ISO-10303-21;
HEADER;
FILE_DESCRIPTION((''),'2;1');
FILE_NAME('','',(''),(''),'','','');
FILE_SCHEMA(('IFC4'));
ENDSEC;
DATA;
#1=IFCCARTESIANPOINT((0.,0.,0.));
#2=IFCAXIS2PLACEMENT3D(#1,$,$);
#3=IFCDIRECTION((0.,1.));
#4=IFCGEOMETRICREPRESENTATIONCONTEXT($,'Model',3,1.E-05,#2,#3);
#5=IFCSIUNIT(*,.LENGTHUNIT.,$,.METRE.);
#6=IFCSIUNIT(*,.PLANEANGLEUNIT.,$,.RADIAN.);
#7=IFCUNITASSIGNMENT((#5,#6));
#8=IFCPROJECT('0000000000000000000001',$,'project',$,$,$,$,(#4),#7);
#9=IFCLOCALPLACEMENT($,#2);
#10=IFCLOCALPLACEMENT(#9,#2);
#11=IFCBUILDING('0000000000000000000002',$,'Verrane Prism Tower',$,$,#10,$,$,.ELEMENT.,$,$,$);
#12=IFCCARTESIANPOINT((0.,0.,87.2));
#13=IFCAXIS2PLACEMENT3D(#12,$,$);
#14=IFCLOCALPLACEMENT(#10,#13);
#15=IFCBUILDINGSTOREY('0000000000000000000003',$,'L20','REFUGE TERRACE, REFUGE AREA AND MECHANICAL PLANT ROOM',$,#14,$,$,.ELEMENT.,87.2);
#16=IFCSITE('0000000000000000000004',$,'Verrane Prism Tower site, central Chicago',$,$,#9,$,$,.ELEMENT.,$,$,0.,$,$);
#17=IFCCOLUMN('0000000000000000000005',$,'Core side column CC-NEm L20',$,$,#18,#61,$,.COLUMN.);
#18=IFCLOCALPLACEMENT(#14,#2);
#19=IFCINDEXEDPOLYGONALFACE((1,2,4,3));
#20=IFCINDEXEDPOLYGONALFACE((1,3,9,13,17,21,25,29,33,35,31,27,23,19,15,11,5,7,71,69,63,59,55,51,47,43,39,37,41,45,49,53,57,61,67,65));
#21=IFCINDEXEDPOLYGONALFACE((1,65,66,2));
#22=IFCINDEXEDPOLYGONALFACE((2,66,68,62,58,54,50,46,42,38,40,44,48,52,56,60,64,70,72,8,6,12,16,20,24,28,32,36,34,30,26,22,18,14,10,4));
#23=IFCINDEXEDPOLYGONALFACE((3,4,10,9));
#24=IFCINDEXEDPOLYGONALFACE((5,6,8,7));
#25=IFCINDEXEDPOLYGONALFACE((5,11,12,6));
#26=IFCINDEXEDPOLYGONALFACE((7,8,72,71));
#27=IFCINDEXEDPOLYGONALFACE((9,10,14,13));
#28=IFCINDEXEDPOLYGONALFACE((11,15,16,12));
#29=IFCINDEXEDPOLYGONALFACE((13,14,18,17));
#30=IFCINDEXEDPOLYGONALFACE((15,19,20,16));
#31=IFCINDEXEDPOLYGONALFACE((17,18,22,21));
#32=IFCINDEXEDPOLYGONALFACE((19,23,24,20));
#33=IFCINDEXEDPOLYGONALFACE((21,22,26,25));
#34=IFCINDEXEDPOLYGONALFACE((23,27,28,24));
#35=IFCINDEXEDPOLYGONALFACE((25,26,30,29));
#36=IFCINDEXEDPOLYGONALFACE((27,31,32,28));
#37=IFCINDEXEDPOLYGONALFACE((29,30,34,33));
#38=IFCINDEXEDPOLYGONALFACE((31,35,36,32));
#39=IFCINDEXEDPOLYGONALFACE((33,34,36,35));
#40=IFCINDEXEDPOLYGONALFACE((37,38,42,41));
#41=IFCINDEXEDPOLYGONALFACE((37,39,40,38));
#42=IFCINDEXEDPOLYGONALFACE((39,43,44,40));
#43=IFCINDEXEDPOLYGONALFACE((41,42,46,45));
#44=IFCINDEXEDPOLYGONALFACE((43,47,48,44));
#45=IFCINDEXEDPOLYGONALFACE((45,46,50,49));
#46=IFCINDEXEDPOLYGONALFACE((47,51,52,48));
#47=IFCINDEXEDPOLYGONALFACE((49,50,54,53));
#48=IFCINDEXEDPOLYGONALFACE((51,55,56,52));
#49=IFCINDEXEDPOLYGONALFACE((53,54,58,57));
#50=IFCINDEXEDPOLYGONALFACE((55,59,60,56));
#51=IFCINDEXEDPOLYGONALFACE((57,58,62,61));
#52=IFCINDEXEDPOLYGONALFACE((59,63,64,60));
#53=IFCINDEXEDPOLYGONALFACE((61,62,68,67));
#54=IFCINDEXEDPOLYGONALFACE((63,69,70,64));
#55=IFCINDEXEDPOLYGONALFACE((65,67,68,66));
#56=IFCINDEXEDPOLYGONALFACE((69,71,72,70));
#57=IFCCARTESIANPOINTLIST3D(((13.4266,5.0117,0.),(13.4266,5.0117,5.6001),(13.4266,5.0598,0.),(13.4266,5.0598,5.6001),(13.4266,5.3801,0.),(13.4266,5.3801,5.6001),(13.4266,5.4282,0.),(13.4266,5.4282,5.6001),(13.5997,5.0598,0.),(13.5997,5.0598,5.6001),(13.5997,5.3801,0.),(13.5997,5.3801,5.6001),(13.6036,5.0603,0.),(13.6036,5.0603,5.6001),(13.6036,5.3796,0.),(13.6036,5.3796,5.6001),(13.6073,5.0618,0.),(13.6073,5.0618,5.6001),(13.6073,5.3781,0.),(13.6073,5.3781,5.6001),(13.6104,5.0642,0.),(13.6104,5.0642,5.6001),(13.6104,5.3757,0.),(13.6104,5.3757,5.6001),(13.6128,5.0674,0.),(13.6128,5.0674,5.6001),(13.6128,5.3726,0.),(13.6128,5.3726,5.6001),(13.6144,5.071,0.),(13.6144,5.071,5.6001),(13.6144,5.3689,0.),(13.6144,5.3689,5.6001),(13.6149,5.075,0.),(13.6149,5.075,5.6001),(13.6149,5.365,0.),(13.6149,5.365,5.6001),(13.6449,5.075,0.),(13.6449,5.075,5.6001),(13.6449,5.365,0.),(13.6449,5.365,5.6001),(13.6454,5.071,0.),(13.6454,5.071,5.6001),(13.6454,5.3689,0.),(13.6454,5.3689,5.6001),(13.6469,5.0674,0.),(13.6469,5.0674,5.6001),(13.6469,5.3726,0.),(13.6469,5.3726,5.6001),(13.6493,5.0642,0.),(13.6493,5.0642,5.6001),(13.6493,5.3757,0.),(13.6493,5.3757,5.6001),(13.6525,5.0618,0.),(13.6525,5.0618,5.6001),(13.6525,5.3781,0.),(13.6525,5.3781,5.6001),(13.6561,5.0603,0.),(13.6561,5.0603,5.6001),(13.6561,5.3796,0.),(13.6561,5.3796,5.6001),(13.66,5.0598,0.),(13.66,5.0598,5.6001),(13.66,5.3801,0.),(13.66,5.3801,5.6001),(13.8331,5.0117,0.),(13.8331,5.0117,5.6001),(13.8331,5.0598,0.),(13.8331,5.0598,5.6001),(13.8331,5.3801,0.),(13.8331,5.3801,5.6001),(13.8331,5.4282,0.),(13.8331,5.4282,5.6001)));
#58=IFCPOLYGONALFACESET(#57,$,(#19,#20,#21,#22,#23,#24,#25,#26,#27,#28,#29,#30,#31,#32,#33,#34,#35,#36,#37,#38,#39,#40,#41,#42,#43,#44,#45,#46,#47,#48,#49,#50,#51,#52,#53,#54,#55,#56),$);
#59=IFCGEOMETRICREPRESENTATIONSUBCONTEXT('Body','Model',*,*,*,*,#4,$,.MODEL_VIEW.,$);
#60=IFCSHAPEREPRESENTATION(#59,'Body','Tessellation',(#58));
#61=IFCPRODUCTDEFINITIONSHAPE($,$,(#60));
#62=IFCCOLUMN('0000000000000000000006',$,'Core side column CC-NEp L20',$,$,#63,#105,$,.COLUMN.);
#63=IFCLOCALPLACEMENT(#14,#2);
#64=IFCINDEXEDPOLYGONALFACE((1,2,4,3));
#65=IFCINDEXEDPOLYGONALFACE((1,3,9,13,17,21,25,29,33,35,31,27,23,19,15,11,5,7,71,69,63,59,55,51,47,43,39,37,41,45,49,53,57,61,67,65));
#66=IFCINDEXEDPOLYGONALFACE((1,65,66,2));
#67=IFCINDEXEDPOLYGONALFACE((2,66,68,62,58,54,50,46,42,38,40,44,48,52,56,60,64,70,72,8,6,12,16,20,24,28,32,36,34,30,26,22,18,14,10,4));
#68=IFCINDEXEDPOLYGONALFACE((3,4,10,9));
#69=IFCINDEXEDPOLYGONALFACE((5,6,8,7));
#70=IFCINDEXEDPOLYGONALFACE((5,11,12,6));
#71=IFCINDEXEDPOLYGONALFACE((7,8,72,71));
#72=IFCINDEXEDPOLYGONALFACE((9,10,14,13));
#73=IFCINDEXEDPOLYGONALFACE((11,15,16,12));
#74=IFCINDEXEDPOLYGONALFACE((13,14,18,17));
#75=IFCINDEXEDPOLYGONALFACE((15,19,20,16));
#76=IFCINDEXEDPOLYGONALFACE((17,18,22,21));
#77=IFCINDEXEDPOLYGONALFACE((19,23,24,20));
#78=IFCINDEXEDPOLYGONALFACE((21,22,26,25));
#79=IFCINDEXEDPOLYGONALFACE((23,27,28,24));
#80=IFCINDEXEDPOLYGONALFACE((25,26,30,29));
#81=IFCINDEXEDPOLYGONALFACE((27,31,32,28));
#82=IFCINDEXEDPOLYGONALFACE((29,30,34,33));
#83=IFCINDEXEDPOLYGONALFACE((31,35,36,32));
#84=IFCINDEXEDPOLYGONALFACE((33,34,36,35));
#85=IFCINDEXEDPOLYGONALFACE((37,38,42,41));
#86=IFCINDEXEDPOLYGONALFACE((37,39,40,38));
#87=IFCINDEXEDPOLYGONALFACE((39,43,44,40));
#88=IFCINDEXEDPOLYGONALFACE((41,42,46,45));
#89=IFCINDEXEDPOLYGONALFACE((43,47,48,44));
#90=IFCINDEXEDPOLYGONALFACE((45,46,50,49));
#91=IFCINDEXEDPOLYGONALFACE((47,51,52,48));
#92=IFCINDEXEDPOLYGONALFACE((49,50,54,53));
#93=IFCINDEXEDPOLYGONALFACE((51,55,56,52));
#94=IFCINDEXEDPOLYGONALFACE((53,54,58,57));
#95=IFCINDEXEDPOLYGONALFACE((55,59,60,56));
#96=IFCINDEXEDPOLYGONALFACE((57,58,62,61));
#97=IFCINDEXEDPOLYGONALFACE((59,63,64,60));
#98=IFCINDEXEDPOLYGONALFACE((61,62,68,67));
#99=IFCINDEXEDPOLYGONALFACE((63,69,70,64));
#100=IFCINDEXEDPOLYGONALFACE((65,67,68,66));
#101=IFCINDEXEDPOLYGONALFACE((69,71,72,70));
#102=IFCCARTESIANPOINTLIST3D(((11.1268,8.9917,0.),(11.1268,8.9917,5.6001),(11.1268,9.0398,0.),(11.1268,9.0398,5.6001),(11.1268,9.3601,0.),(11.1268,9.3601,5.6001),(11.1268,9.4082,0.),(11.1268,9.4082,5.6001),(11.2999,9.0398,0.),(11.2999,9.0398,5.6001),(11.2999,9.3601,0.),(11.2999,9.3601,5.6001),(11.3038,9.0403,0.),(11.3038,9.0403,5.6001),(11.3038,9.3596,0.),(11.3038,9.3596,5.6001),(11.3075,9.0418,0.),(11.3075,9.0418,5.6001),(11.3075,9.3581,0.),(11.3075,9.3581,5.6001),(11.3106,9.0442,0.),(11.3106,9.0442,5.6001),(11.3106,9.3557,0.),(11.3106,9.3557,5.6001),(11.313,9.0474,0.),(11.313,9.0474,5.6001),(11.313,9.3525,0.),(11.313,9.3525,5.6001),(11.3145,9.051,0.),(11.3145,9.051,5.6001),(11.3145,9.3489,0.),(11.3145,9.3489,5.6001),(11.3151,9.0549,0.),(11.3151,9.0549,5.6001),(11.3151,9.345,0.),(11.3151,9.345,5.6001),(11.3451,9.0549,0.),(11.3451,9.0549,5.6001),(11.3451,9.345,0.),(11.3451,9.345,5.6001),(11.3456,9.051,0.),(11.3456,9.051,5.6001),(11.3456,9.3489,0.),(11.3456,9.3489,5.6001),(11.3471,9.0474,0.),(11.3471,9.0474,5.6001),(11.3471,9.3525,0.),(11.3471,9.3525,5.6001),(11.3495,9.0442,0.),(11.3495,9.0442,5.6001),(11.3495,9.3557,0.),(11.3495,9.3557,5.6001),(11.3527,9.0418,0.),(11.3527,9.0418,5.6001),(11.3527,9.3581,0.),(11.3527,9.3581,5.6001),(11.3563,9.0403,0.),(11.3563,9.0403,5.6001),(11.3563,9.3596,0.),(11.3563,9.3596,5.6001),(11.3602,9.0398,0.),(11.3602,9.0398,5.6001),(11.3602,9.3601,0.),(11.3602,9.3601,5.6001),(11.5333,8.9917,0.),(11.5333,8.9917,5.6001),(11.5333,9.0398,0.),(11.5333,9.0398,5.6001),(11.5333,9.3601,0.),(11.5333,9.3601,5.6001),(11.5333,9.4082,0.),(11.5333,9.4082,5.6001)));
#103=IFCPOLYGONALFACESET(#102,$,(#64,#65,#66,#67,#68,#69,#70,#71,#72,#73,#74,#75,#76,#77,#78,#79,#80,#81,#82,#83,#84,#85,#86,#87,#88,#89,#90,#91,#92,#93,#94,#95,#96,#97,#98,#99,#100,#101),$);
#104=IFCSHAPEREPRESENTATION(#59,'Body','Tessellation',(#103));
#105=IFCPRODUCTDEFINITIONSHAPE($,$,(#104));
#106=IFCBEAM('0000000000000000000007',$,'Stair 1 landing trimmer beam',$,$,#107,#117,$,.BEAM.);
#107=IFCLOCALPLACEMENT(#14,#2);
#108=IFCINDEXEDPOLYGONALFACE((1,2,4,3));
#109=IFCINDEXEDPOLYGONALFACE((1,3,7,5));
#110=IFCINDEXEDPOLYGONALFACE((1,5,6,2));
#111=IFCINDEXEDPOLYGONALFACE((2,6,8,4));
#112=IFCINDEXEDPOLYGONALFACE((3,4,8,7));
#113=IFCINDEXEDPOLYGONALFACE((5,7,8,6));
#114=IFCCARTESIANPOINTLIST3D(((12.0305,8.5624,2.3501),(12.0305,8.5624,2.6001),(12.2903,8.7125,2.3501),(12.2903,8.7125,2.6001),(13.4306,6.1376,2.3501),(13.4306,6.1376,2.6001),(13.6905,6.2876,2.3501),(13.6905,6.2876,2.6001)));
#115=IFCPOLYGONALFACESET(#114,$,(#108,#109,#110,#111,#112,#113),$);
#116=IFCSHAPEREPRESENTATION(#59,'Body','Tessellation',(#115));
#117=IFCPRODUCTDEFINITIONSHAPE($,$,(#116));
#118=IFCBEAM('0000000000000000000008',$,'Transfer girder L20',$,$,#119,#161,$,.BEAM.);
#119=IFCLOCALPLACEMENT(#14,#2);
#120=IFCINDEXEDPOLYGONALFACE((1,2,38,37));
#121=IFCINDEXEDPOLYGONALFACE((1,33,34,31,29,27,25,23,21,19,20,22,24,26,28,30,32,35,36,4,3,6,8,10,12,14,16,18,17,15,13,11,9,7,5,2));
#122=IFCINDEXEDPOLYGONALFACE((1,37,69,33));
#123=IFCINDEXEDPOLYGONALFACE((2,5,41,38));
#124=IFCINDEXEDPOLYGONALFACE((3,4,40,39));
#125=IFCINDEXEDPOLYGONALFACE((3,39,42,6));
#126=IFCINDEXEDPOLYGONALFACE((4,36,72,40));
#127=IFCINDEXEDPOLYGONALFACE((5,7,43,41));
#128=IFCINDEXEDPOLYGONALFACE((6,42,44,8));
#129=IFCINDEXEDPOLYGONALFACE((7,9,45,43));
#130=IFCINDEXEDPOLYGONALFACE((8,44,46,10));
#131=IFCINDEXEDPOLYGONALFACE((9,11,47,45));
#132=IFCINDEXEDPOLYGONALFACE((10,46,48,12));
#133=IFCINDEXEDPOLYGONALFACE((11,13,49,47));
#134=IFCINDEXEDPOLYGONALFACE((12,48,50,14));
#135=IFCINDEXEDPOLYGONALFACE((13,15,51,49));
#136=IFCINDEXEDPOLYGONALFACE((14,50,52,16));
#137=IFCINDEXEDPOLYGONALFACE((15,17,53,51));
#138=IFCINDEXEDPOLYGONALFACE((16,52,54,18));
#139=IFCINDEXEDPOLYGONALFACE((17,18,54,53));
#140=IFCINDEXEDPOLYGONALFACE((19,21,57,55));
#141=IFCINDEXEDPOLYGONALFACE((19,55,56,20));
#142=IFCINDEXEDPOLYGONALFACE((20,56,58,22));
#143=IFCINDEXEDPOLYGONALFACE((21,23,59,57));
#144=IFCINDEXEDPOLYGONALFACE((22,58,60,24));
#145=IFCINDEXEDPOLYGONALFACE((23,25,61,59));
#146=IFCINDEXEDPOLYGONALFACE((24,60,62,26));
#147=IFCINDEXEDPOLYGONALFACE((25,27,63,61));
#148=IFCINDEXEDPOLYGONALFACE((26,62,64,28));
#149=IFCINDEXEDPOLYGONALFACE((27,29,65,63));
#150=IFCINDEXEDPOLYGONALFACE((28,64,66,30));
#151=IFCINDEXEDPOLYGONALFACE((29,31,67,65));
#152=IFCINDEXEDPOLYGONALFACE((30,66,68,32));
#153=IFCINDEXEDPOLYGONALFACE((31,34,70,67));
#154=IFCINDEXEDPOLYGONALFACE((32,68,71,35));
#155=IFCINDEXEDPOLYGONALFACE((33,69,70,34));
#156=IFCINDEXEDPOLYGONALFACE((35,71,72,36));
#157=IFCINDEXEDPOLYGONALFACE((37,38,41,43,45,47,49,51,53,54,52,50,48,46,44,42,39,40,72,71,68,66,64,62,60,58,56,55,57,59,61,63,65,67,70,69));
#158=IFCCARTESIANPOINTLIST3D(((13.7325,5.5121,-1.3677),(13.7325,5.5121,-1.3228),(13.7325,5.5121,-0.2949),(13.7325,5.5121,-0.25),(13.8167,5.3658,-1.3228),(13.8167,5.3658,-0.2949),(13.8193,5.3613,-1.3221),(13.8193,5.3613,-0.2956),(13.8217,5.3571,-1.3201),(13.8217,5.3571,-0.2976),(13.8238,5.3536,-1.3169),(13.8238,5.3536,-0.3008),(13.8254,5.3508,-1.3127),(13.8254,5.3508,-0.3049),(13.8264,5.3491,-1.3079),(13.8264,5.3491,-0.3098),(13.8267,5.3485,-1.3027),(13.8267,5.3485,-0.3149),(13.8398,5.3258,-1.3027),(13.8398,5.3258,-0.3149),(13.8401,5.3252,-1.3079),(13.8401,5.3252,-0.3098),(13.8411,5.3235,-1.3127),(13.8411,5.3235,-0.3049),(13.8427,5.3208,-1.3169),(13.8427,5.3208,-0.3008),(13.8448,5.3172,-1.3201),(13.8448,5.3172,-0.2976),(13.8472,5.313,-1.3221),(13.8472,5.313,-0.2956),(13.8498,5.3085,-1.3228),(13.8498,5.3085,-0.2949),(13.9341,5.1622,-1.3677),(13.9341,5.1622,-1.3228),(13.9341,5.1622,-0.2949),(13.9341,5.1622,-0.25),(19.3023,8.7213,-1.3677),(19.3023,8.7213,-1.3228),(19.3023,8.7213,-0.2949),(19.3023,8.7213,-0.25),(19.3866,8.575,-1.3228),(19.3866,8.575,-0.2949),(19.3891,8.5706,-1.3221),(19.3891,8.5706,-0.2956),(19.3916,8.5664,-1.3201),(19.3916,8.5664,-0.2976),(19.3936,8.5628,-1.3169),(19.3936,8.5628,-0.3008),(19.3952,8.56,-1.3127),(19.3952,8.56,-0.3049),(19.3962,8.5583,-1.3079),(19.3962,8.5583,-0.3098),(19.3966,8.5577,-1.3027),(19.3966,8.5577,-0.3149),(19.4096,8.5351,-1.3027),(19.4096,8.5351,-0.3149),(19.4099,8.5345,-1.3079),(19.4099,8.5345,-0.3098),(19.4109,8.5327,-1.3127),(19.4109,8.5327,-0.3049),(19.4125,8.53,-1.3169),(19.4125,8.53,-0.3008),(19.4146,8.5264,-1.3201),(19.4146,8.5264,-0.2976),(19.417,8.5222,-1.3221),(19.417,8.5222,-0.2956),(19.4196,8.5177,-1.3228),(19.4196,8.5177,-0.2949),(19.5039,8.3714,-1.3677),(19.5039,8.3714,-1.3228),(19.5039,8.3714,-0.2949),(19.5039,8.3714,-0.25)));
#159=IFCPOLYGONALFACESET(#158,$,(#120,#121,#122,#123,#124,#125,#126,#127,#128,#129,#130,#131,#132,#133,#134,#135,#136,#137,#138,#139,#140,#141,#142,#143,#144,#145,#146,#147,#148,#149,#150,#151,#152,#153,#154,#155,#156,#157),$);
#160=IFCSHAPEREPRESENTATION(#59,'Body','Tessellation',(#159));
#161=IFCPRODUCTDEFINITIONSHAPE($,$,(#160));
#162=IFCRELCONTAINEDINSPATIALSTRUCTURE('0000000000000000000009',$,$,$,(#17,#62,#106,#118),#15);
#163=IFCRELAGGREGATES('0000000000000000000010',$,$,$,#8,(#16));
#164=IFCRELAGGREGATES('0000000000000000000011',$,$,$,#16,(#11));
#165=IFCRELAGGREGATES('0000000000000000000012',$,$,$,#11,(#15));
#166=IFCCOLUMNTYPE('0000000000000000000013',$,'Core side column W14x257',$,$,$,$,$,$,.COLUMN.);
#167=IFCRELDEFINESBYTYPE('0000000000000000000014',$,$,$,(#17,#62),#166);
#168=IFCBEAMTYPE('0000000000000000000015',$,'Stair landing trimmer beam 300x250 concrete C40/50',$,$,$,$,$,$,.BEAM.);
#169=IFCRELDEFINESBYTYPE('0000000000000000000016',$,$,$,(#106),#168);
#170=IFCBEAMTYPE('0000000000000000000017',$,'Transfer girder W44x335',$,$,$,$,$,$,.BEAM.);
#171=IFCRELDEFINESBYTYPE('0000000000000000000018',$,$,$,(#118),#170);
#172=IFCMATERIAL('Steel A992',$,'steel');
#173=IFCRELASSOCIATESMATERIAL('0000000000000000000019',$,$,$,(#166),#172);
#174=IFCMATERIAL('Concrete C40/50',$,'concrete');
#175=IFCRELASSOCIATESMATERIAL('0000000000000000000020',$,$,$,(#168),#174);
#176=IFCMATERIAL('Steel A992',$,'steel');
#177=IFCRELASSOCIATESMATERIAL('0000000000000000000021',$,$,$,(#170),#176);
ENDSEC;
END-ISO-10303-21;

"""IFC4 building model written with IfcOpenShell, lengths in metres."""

from ifc_helpers import new_model, si_unit, direction, frame, origin, origin_2d, place, context, subcontext, project, spatial, rectangle, i_section, extrude, material, material_profile, profile_set, type_object, element, save


model = new_model("IFC4")

# Units and contexts
model_context = context("Model", 3, precision=1e-05, world=origin(), true_north=direction((0.0, 1.0)))
body_context = subcontext(model_context, "Body", "Model", "MODEL_VIEW")
ifc_project = project(units=[si_unit("LENGTHUNIT", "METRE"), si_unit("PLANEANGLEUNIT", "RADIAN")], contexts=[model_context])

# Site, building, storey
site_placement = place(None, origin())
site = spatial("IfcSite", under=ifc_project, at=site_placement, Name="Verrane Prism Tower site, central Chicago", CompositionType="ELEMENT", RefElevation=0.0)
building_placement = place(site_placement, origin())
building = spatial("IfcBuilding", under=site, at=building_placement, Name="Verrane Prism Tower", CompositionType="ELEMENT")
storey_placement = place(building_placement, frame((0.0, 0.0, 87.2)))
storey = spatial("IfcBuildingStorey", under=building, at=storey_placement, Name="L20", Description="REFUGE TERRACE, REFUGE AREA AND MECHANICAL PLANT ROOM", CompositionType="ELEMENT", Elevation=87.2)

# Columns
ifc_material_1 = material(Name="Steel A992", Category="steel")
ifc_material_profile_1 = material_profile(ifc_material_1, i_section(OverallWidth=0.4065, OverallDepth=0.4165, WebThickness=0.03, FlangeThickness=0.0481, FilletRadius=0.0151, at=origin_2d()), Name="W14x257")
ifc_profile_set_1 = profile_set([ifc_material_profile_1], Name="Steel A992")
column_type = type_object("IfcColumnType", Name="Core side column W14x257", PredefinedType="COLUMN", material=ifc_profile_set_1)
for number, where, z_axis, x_axis, name in (
    (1, (13.6299, 5.22, 0.0), (0.0, 0.0, 1.0), (1.0, 0.0, 0.0), "Core side column CC-NEm L20"),
    (2, (11.3301, 9.2, 0.0), (0.0, 0.0, 1.0), (1.0, 0.0, 0.0), "Core side column CC-NEp L20"),
):
    element("IfcColumn", number, at=place(storey_placement, frame(where, z_axis=z_axis, x_axis=x_axis)), inside=storey, type_object=column_type, Name=name, PredefinedType="COLUMN", context=body_context, shape_type="SweptSolid", body=[
        extrude(i_section(OverallWidth=0.4065, OverallDepth=0.4165, WebThickness=0.03, FlangeThickness=0.0481, FilletRadius=0.0151, at=origin_2d()), origin(), (0.0, 0.0, 1.0), 5.6001),
    ])

# Beams
ifc_material_2 = material(Name="Concrete C40/50", Category="concrete")
ifc_material_profile_2 = material_profile(ifc_material_2, rectangle(XDim=0.3, YDim=0.25, at=origin_2d()), Name="RC 300x250")
ifc_profile_set_2 = profile_set([ifc_material_profile_2], Name="Concrete C40/50")
beam_type_1 = type_object("IfcBeamType", Name="Stair landing trimmer beam 300x250 concrete C40/50", PredefinedType="BEAM", material=ifc_profile_set_2)
beam_1_placement = place(storey_placement, frame((12.1604, 8.6375, 2.4751), z_axis=(0.50005, -0.865997, 0.0), x_axis=(0.865997, 0.50005, 0.0)))
element("IfcBeam", 3, at=beam_1_placement, inside=storey, type_object=beam_type_1, Name="Stair 1 landing trimmer beam", PredefinedType="BEAM", context=body_context, shape_type="SweptSolid", body=[
    extrude(rectangle(XDim=0.3, YDim=0.25, at=origin_2d()), origin(), (0.0, 0.0, 1.0), 2.8),
])
ifc_material_3 = material(Name="Steel A992", Category="steel")
ifc_material_profile_3 = material_profile(ifc_material_3, i_section(OverallWidth=0.4038, OverallDepth=1.1177, WebThickness=0.0261, FlangeThickness=0.0449, FilletRadius=0.02, at=origin_2d()), Name="W44x335")
ifc_profile_set_3 = profile_set([ifc_material_profile_3], Name="Steel A992")
beam_type_2 = type_object("IfcBeamType", Name="Transfer girder W44x335", PredefinedType="BEAM", material=ifc_profile_set_3)
beam_2_placement = place(storey_placement, frame((13.8333, 5.3372, -0.8088), z_axis=(0.866464, 0.49924, 0.0), x_axis=(-0.49924, 0.866464, 0.0)))
element("IfcBeam", 4, at=beam_2_placement, inside=storey, type_object=beam_type_2, Name="Transfer girder L20", PredefinedType="BEAM", context=body_context, shape_type="SweptSolid", body=[
    extrude(i_section(OverallWidth=0.4038, OverallDepth=1.1177, WebThickness=0.0261, FlangeThickness=0.0449, FilletRadius=0.02, at=origin_2d()), origin(), (0.0, 0.0, 1.0), 6.4282),
])

save(model, "model.ifc")
